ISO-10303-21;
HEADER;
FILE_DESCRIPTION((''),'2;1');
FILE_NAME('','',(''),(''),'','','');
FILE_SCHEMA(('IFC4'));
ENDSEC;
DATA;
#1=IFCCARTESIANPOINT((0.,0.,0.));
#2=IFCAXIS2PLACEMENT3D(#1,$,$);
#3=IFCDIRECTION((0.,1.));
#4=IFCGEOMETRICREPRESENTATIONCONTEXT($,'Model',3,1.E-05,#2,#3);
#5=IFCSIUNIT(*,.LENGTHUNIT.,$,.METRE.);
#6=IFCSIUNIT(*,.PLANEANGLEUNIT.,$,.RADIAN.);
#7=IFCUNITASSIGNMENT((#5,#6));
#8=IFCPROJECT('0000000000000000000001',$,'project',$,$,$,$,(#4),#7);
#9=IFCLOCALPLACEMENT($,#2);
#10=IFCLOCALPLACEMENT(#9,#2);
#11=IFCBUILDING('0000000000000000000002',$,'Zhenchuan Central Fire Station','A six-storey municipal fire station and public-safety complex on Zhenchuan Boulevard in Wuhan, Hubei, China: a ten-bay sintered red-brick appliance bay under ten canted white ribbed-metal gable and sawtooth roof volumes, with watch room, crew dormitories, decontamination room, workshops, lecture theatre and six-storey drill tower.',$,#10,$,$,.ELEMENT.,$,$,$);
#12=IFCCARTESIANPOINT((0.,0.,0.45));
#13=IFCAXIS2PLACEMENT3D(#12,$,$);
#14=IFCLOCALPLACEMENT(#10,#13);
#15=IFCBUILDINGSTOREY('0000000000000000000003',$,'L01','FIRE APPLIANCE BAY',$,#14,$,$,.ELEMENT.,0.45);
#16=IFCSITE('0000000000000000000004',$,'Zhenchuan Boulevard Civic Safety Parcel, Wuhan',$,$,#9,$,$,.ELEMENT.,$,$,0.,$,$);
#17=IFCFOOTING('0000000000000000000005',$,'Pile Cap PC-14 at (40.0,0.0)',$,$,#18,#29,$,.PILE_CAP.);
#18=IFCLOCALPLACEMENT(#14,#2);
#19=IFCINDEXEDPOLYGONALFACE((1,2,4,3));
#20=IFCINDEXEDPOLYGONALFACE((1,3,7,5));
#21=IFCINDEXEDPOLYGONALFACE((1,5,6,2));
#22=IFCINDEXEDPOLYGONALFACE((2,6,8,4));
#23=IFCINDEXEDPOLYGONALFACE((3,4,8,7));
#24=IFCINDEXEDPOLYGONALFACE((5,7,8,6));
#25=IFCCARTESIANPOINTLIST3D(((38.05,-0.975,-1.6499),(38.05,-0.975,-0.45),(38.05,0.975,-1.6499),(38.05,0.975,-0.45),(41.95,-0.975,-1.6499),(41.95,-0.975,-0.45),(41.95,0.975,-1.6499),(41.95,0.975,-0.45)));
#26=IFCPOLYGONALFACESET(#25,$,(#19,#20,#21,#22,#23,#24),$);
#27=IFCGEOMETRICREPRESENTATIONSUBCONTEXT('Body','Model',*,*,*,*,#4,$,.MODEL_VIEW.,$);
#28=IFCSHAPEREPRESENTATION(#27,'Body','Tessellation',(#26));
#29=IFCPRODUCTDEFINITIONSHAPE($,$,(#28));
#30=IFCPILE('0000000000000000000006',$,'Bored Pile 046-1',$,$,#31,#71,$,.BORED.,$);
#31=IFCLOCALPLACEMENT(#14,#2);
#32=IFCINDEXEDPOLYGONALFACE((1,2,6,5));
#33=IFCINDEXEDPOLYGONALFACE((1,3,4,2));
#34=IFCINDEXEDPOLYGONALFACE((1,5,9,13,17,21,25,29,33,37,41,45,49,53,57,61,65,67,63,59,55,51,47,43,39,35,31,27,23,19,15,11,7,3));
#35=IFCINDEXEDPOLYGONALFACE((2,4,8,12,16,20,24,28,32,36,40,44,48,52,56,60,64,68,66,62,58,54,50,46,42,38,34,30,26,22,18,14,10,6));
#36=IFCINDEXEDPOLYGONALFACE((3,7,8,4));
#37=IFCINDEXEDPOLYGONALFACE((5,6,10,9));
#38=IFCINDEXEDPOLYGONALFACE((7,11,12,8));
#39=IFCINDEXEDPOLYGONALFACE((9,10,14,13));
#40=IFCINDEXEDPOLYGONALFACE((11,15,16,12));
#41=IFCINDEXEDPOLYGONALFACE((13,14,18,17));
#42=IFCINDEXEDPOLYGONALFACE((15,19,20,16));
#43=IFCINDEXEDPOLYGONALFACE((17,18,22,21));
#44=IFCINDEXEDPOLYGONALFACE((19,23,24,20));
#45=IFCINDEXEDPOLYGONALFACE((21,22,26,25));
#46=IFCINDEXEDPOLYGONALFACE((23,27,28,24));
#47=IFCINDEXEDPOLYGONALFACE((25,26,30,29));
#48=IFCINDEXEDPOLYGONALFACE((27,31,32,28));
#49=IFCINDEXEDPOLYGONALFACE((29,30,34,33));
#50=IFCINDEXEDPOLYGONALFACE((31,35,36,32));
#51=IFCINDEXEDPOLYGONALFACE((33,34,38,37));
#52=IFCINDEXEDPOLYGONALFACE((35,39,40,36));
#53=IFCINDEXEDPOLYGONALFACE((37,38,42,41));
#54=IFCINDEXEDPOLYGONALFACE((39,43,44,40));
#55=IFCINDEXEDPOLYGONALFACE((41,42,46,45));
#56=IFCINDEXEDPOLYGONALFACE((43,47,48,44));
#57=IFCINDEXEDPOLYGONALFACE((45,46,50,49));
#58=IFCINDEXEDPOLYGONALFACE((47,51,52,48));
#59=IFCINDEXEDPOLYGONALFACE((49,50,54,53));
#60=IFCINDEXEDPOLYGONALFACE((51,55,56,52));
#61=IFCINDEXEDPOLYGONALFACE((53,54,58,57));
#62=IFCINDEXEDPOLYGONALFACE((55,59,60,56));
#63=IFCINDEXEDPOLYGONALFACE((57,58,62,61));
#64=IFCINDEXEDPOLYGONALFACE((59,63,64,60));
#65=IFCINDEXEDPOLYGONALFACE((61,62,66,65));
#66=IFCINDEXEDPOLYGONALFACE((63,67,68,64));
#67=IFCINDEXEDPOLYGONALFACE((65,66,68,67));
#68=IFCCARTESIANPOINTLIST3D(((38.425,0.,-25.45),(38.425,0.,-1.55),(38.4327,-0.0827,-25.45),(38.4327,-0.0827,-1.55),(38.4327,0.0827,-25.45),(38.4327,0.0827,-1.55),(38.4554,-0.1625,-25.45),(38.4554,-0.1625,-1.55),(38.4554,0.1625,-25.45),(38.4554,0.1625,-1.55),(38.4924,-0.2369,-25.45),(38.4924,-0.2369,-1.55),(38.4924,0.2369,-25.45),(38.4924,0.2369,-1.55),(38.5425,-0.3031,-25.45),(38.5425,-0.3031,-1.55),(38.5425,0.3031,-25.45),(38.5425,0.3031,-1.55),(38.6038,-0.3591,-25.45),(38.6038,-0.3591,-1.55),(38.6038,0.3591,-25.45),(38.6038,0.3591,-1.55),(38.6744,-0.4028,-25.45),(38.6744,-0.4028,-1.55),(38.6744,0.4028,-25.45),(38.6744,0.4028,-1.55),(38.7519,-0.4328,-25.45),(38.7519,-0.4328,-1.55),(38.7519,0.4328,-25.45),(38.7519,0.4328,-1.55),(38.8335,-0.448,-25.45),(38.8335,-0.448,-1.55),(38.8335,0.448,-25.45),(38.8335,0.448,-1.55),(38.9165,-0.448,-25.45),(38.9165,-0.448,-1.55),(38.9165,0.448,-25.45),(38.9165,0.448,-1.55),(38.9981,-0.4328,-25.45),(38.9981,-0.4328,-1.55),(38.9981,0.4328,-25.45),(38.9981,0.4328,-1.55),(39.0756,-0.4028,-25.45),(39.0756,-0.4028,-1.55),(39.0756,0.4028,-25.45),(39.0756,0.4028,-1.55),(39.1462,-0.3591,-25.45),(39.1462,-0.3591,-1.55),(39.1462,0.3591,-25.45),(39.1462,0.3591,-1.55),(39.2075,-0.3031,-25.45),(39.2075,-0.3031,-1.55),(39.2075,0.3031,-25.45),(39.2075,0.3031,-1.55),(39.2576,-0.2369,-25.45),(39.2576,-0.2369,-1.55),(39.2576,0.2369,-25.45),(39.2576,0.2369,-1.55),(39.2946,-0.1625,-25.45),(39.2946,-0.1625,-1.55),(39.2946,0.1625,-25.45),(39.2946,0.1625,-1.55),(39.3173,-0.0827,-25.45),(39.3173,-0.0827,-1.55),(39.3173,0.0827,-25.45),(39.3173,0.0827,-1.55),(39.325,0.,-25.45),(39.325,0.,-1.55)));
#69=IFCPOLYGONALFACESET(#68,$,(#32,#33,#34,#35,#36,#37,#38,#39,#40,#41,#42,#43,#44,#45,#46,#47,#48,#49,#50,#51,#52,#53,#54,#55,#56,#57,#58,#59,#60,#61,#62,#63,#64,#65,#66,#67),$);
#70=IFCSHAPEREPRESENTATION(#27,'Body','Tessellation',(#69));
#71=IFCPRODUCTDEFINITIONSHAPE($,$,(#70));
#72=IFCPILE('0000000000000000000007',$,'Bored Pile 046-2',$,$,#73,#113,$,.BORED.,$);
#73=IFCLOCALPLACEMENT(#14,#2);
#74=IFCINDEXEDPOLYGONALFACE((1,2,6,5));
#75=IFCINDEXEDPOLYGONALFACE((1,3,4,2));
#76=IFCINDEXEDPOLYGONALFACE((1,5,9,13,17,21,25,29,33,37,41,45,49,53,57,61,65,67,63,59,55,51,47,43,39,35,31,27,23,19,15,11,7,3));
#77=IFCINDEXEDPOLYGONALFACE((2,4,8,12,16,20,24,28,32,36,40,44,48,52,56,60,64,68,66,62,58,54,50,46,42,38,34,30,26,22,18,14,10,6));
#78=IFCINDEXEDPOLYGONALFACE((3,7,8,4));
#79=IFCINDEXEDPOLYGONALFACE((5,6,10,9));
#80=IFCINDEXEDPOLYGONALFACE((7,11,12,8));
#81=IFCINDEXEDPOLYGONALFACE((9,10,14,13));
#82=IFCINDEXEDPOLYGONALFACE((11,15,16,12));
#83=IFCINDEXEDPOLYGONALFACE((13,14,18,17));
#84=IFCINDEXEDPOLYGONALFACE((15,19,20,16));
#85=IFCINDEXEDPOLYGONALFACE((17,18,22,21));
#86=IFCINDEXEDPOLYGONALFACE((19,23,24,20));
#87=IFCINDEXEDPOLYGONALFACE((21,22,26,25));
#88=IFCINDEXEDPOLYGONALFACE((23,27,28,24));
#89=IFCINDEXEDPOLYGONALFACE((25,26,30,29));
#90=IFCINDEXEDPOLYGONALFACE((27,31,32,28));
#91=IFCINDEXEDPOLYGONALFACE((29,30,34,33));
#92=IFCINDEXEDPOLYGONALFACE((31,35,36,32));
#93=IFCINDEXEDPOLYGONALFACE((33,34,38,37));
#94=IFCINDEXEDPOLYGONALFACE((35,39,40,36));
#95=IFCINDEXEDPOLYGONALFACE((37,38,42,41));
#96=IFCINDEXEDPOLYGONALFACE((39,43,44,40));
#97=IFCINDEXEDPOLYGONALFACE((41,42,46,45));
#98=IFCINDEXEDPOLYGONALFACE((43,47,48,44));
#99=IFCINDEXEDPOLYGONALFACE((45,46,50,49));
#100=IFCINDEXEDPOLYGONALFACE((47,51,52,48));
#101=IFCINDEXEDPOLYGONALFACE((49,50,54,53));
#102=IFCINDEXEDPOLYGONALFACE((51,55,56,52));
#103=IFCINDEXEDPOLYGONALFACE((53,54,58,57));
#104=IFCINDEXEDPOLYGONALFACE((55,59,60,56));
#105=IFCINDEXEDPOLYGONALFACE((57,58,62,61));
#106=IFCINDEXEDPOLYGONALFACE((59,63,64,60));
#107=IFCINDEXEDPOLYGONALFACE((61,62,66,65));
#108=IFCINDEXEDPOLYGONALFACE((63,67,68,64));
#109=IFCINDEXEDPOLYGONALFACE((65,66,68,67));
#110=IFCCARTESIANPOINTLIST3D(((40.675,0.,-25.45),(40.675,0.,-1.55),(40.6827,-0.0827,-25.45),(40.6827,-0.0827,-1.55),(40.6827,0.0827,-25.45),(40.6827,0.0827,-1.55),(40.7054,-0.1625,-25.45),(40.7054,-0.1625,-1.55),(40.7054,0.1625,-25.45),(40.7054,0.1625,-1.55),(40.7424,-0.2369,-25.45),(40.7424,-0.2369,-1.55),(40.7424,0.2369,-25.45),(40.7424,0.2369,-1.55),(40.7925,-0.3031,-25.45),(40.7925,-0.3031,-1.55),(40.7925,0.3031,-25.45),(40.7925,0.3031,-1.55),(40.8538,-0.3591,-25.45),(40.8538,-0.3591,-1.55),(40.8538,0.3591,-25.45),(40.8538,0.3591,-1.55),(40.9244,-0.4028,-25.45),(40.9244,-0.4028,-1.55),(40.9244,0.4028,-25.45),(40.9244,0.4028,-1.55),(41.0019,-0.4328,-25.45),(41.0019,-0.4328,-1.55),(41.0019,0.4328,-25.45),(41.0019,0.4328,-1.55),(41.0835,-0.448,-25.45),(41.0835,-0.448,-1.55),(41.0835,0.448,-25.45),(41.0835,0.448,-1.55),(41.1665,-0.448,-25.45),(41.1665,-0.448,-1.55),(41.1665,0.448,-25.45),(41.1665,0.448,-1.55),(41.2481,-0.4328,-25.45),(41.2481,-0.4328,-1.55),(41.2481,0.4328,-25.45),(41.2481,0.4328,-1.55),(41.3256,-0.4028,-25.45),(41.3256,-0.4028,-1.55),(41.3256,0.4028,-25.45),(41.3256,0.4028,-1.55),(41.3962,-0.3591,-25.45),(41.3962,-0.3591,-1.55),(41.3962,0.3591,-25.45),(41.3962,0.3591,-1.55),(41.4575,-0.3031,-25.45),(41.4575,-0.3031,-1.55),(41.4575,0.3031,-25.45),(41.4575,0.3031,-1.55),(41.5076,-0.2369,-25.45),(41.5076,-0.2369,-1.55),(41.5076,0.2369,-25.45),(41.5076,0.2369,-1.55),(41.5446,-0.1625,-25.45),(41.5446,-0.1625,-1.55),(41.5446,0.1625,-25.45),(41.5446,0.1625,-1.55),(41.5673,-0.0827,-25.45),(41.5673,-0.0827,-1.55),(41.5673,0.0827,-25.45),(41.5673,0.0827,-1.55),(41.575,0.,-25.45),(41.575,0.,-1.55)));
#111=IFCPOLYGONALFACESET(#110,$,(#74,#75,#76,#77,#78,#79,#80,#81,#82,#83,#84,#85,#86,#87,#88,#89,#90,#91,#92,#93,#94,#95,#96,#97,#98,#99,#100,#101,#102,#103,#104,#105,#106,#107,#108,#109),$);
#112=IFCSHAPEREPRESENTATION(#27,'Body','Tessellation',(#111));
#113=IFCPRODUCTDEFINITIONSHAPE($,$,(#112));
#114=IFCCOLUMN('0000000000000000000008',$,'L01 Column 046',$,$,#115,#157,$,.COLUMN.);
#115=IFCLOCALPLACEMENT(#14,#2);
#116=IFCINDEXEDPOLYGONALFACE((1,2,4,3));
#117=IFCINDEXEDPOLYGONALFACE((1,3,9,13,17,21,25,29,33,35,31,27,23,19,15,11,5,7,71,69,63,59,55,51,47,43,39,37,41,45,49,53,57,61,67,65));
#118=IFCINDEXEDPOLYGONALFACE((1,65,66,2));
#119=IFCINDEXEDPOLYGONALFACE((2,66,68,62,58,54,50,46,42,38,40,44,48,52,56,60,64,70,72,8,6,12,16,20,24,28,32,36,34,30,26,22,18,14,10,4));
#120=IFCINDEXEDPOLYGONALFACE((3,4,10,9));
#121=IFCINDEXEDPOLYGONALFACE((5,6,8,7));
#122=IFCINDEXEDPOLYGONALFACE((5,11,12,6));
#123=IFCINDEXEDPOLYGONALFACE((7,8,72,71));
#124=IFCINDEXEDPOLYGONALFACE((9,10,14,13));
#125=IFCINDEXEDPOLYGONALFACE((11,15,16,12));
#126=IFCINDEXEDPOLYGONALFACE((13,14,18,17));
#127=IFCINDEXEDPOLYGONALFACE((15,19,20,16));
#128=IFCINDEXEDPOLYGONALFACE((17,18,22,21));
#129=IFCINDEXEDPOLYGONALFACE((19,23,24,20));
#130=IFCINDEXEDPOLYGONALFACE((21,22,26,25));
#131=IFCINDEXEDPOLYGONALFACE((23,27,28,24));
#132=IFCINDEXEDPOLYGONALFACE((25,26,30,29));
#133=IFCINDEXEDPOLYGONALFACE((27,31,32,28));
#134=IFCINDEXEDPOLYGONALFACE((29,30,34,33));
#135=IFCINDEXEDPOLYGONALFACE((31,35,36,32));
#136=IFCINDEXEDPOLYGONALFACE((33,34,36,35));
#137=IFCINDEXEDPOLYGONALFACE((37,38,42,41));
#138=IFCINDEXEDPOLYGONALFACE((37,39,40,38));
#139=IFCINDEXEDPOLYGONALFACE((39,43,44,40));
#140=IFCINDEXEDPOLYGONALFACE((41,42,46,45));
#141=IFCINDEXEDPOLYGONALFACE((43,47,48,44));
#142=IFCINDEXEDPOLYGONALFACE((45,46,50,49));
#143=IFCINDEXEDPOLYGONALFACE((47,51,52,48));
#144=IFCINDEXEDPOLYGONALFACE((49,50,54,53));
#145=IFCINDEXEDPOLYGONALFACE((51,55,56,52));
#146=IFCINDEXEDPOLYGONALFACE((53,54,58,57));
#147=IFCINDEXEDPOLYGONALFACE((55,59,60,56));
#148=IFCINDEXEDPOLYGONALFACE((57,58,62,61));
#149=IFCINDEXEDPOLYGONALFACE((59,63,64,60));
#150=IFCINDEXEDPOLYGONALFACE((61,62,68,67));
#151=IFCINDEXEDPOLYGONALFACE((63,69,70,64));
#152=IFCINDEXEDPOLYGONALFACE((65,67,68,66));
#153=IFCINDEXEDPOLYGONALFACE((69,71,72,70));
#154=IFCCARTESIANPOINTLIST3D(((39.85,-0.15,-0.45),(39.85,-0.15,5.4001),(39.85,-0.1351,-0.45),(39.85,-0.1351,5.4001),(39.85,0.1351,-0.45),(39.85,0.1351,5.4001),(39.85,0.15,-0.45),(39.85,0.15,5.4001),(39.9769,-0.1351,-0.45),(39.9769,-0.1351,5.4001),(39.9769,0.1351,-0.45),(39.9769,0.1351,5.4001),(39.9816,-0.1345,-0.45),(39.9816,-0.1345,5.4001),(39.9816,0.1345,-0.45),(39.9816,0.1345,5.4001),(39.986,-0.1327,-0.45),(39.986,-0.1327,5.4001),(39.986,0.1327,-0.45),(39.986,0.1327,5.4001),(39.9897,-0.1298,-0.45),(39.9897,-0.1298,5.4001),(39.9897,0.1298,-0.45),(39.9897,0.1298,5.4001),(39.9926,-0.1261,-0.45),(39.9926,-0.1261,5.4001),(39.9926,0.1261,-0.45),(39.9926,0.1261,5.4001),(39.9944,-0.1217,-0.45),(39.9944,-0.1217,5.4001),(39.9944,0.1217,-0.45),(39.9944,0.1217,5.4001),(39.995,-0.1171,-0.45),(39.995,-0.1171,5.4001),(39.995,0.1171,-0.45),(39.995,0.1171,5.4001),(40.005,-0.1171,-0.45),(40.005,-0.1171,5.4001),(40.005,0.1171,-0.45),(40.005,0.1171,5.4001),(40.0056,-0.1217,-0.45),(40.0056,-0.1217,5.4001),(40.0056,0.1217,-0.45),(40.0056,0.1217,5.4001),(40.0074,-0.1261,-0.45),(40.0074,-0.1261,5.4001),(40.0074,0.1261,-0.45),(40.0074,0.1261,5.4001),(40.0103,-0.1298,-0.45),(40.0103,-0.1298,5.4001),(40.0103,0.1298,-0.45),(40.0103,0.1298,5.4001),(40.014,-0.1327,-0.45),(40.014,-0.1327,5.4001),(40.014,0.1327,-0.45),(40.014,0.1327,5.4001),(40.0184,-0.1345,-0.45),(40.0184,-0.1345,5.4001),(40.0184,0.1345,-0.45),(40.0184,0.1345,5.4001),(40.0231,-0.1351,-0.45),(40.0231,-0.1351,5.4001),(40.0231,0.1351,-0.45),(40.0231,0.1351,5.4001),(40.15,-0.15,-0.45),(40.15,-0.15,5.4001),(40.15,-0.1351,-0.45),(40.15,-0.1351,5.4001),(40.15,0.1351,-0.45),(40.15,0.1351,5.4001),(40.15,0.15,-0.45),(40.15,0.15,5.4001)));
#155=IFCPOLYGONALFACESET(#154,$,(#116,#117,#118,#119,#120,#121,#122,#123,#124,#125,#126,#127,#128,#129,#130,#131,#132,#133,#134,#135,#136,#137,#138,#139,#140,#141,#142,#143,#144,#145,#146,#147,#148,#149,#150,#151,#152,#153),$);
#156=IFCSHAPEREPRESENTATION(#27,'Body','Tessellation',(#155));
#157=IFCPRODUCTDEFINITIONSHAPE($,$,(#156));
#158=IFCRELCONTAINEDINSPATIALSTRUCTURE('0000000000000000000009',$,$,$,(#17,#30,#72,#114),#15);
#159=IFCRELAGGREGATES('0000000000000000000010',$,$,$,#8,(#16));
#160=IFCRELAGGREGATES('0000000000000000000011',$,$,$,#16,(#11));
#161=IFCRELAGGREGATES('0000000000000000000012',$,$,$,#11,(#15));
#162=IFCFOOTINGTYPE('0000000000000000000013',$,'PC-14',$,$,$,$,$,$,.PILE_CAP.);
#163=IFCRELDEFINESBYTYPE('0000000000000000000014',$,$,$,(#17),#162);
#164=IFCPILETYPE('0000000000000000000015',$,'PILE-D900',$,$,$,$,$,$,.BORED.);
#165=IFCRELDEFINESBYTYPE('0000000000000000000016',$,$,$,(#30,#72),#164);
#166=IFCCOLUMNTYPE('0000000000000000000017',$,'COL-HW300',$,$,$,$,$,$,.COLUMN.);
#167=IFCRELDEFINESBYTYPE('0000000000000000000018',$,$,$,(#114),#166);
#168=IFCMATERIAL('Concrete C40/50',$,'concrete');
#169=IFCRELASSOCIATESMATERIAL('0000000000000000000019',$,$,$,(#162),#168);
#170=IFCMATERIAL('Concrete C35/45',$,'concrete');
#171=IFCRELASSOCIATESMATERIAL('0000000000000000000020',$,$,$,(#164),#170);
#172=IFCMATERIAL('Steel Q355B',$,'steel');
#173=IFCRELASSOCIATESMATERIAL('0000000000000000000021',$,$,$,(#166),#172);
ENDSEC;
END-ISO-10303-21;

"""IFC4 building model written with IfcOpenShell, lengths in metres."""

from ifc_helpers import new_model, si_unit, direction, frame, origin, origin_2d, place, context, subcontext, project, spatial, rectangle, circle, i_section, extrude, material, material_profile, profile_set, type_object, element, save


model = new_model("IFC4")

# Units and contexts
model_context = context("Model", 3, precision=1e-05, world=origin(), true_north=direction((0.0, 1.0)))
body_context = subcontext(model_context, "Body", "Model", "MODEL_VIEW")
ifc_project = project(units=[si_unit("LENGTHUNIT", "METRE"), si_unit("PLANEANGLEUNIT", "RADIAN")], contexts=[model_context])

# Site, building, storey
site_placement = place(None, origin())
site = spatial("IfcSite", under=ifc_project, at=site_placement, Name="Zhenchuan Boulevard Civic Safety Parcel, Wuhan", CompositionType="ELEMENT", RefElevation=0.0)
building_placement = place(site_placement, origin())
building = spatial("IfcBuilding", under=site, at=building_placement, Name="Zhenchuan Central Fire Station", Description="A six-storey municipal fire station and public-safety complex on Zhenchuan Boulevard in Wuhan, Hubei, China: a ten-bay sintered red-brick appliance bay under ten canted white ribbed-metal gable and sawtooth roof volumes, with watch room, crew dormitories, decontamination room, workshops, lecture theatre and six-storey drill tower.", CompositionType="ELEMENT")
storey_placement = place(building_placement, frame((0.0, 0.0, 0.45)))
storey = spatial("IfcBuildingStorey", under=building, at=storey_placement, Name="L01", Description="FIRE APPLIANCE BAY", CompositionType="ELEMENT", Elevation=0.45)

# Footing
ifc_material_1 = material(Name="Concrete C40/50", Category="concrete")
footing_type = type_object("IfcFootingType", Name="PC-14", PredefinedType="PILE_CAP", material=ifc_material_1)
footing_placement = place(storey_placement, frame((40.0, 0.0, -1.6499), z_axis=(0.0, 0.0, 1.0), x_axis=(1.0, 0.0, 0.0)))
element("IfcFooting", 1, at=footing_placement, inside=storey, type_object=footing_type, Name="Pile Cap PC-14 at (40.0,0.0)", PredefinedType="PILE_CAP", context=body_context, shape_type="SweptSolid", body=[
    extrude(rectangle(XDim=3.8999, YDim=1.95, at=origin_2d()), origin(), (0.0, 0.0, 1.0), 1.2),
])

# Piles
ifc_material_2 = material(Name="Concrete C35/45", Category="concrete")
ifc_material_profile_1 = material_profile(ifc_material_2, circle(Radius=0.45, at=origin_2d()), Name="PILE D900")
ifc_profile_set_1 = profile_set([ifc_material_profile_1], Name="Concrete C35/45")
pile_type = type_object("IfcPileType", Name="PILE-D900", PredefinedType="BORED", material=ifc_profile_set_1)
for number, where, z_axis, x_axis, name in (
    (2, (38.875, 0.0, -1.55), (0.0, 0.0, -1.0), (1.0, 0.0, 0.0), "Bored Pile 046-1"),
    (3, (41.125, 0.0, -1.55), (0.0, 0.0, -1.0), (1.0, 0.0, 0.0), "Bored Pile 046-2"),
):
    element("IfcPile", number, at=place(storey_placement, frame(where, z_axis=z_axis, x_axis=x_axis)), inside=storey, type_object=pile_type, Name=name, PredefinedType="BORED", context=body_context, shape_type="SweptSolid", body=[
        extrude(circle(Radius=0.45, at=origin_2d()), origin(), (0.0, 0.0, 1.0), 23.8999),
    ])

# Column
ifc_material_3 = material(Name="Steel Q355B", Category="steel")
ifc_material_profile_2 = material_profile(ifc_material_3, i_section(OverallWidth=0.3, OverallDepth=0.3, WebThickness=0.01, FlangeThickness=0.0149, FilletRadius=0.0181, at=origin_2d()), Name="HW 300x300")
ifc_profile_set_2 = profile_set([ifc_material_profile_2], Name="Steel Q355B")
column_type = type_object("IfcColumnType", Name="COL-HW300", PredefinedType="COLUMN", material=ifc_profile_set_2)
column_placement = place(storey_placement, frame((40.0, 0.0, -0.45), z_axis=(0.0, 0.0, 1.0), x_axis=(1.0, 0.0, 0.0)))
element("IfcColumn", 4, at=column_placement, inside=storey, type_object=column_type, Name="L01 Column 046", PredefinedType="COLUMN", context=body_context, shape_type="SweptSolid", body=[
    extrude(i_section(OverallWidth=0.3, OverallDepth=0.3, WebThickness=0.01, FlangeThickness=0.0149, FilletRadius=0.0181, at=origin_2d()), origin(), (0.0, 0.0, 1.0), 5.8501),
])

save(model, "model.ifc")
